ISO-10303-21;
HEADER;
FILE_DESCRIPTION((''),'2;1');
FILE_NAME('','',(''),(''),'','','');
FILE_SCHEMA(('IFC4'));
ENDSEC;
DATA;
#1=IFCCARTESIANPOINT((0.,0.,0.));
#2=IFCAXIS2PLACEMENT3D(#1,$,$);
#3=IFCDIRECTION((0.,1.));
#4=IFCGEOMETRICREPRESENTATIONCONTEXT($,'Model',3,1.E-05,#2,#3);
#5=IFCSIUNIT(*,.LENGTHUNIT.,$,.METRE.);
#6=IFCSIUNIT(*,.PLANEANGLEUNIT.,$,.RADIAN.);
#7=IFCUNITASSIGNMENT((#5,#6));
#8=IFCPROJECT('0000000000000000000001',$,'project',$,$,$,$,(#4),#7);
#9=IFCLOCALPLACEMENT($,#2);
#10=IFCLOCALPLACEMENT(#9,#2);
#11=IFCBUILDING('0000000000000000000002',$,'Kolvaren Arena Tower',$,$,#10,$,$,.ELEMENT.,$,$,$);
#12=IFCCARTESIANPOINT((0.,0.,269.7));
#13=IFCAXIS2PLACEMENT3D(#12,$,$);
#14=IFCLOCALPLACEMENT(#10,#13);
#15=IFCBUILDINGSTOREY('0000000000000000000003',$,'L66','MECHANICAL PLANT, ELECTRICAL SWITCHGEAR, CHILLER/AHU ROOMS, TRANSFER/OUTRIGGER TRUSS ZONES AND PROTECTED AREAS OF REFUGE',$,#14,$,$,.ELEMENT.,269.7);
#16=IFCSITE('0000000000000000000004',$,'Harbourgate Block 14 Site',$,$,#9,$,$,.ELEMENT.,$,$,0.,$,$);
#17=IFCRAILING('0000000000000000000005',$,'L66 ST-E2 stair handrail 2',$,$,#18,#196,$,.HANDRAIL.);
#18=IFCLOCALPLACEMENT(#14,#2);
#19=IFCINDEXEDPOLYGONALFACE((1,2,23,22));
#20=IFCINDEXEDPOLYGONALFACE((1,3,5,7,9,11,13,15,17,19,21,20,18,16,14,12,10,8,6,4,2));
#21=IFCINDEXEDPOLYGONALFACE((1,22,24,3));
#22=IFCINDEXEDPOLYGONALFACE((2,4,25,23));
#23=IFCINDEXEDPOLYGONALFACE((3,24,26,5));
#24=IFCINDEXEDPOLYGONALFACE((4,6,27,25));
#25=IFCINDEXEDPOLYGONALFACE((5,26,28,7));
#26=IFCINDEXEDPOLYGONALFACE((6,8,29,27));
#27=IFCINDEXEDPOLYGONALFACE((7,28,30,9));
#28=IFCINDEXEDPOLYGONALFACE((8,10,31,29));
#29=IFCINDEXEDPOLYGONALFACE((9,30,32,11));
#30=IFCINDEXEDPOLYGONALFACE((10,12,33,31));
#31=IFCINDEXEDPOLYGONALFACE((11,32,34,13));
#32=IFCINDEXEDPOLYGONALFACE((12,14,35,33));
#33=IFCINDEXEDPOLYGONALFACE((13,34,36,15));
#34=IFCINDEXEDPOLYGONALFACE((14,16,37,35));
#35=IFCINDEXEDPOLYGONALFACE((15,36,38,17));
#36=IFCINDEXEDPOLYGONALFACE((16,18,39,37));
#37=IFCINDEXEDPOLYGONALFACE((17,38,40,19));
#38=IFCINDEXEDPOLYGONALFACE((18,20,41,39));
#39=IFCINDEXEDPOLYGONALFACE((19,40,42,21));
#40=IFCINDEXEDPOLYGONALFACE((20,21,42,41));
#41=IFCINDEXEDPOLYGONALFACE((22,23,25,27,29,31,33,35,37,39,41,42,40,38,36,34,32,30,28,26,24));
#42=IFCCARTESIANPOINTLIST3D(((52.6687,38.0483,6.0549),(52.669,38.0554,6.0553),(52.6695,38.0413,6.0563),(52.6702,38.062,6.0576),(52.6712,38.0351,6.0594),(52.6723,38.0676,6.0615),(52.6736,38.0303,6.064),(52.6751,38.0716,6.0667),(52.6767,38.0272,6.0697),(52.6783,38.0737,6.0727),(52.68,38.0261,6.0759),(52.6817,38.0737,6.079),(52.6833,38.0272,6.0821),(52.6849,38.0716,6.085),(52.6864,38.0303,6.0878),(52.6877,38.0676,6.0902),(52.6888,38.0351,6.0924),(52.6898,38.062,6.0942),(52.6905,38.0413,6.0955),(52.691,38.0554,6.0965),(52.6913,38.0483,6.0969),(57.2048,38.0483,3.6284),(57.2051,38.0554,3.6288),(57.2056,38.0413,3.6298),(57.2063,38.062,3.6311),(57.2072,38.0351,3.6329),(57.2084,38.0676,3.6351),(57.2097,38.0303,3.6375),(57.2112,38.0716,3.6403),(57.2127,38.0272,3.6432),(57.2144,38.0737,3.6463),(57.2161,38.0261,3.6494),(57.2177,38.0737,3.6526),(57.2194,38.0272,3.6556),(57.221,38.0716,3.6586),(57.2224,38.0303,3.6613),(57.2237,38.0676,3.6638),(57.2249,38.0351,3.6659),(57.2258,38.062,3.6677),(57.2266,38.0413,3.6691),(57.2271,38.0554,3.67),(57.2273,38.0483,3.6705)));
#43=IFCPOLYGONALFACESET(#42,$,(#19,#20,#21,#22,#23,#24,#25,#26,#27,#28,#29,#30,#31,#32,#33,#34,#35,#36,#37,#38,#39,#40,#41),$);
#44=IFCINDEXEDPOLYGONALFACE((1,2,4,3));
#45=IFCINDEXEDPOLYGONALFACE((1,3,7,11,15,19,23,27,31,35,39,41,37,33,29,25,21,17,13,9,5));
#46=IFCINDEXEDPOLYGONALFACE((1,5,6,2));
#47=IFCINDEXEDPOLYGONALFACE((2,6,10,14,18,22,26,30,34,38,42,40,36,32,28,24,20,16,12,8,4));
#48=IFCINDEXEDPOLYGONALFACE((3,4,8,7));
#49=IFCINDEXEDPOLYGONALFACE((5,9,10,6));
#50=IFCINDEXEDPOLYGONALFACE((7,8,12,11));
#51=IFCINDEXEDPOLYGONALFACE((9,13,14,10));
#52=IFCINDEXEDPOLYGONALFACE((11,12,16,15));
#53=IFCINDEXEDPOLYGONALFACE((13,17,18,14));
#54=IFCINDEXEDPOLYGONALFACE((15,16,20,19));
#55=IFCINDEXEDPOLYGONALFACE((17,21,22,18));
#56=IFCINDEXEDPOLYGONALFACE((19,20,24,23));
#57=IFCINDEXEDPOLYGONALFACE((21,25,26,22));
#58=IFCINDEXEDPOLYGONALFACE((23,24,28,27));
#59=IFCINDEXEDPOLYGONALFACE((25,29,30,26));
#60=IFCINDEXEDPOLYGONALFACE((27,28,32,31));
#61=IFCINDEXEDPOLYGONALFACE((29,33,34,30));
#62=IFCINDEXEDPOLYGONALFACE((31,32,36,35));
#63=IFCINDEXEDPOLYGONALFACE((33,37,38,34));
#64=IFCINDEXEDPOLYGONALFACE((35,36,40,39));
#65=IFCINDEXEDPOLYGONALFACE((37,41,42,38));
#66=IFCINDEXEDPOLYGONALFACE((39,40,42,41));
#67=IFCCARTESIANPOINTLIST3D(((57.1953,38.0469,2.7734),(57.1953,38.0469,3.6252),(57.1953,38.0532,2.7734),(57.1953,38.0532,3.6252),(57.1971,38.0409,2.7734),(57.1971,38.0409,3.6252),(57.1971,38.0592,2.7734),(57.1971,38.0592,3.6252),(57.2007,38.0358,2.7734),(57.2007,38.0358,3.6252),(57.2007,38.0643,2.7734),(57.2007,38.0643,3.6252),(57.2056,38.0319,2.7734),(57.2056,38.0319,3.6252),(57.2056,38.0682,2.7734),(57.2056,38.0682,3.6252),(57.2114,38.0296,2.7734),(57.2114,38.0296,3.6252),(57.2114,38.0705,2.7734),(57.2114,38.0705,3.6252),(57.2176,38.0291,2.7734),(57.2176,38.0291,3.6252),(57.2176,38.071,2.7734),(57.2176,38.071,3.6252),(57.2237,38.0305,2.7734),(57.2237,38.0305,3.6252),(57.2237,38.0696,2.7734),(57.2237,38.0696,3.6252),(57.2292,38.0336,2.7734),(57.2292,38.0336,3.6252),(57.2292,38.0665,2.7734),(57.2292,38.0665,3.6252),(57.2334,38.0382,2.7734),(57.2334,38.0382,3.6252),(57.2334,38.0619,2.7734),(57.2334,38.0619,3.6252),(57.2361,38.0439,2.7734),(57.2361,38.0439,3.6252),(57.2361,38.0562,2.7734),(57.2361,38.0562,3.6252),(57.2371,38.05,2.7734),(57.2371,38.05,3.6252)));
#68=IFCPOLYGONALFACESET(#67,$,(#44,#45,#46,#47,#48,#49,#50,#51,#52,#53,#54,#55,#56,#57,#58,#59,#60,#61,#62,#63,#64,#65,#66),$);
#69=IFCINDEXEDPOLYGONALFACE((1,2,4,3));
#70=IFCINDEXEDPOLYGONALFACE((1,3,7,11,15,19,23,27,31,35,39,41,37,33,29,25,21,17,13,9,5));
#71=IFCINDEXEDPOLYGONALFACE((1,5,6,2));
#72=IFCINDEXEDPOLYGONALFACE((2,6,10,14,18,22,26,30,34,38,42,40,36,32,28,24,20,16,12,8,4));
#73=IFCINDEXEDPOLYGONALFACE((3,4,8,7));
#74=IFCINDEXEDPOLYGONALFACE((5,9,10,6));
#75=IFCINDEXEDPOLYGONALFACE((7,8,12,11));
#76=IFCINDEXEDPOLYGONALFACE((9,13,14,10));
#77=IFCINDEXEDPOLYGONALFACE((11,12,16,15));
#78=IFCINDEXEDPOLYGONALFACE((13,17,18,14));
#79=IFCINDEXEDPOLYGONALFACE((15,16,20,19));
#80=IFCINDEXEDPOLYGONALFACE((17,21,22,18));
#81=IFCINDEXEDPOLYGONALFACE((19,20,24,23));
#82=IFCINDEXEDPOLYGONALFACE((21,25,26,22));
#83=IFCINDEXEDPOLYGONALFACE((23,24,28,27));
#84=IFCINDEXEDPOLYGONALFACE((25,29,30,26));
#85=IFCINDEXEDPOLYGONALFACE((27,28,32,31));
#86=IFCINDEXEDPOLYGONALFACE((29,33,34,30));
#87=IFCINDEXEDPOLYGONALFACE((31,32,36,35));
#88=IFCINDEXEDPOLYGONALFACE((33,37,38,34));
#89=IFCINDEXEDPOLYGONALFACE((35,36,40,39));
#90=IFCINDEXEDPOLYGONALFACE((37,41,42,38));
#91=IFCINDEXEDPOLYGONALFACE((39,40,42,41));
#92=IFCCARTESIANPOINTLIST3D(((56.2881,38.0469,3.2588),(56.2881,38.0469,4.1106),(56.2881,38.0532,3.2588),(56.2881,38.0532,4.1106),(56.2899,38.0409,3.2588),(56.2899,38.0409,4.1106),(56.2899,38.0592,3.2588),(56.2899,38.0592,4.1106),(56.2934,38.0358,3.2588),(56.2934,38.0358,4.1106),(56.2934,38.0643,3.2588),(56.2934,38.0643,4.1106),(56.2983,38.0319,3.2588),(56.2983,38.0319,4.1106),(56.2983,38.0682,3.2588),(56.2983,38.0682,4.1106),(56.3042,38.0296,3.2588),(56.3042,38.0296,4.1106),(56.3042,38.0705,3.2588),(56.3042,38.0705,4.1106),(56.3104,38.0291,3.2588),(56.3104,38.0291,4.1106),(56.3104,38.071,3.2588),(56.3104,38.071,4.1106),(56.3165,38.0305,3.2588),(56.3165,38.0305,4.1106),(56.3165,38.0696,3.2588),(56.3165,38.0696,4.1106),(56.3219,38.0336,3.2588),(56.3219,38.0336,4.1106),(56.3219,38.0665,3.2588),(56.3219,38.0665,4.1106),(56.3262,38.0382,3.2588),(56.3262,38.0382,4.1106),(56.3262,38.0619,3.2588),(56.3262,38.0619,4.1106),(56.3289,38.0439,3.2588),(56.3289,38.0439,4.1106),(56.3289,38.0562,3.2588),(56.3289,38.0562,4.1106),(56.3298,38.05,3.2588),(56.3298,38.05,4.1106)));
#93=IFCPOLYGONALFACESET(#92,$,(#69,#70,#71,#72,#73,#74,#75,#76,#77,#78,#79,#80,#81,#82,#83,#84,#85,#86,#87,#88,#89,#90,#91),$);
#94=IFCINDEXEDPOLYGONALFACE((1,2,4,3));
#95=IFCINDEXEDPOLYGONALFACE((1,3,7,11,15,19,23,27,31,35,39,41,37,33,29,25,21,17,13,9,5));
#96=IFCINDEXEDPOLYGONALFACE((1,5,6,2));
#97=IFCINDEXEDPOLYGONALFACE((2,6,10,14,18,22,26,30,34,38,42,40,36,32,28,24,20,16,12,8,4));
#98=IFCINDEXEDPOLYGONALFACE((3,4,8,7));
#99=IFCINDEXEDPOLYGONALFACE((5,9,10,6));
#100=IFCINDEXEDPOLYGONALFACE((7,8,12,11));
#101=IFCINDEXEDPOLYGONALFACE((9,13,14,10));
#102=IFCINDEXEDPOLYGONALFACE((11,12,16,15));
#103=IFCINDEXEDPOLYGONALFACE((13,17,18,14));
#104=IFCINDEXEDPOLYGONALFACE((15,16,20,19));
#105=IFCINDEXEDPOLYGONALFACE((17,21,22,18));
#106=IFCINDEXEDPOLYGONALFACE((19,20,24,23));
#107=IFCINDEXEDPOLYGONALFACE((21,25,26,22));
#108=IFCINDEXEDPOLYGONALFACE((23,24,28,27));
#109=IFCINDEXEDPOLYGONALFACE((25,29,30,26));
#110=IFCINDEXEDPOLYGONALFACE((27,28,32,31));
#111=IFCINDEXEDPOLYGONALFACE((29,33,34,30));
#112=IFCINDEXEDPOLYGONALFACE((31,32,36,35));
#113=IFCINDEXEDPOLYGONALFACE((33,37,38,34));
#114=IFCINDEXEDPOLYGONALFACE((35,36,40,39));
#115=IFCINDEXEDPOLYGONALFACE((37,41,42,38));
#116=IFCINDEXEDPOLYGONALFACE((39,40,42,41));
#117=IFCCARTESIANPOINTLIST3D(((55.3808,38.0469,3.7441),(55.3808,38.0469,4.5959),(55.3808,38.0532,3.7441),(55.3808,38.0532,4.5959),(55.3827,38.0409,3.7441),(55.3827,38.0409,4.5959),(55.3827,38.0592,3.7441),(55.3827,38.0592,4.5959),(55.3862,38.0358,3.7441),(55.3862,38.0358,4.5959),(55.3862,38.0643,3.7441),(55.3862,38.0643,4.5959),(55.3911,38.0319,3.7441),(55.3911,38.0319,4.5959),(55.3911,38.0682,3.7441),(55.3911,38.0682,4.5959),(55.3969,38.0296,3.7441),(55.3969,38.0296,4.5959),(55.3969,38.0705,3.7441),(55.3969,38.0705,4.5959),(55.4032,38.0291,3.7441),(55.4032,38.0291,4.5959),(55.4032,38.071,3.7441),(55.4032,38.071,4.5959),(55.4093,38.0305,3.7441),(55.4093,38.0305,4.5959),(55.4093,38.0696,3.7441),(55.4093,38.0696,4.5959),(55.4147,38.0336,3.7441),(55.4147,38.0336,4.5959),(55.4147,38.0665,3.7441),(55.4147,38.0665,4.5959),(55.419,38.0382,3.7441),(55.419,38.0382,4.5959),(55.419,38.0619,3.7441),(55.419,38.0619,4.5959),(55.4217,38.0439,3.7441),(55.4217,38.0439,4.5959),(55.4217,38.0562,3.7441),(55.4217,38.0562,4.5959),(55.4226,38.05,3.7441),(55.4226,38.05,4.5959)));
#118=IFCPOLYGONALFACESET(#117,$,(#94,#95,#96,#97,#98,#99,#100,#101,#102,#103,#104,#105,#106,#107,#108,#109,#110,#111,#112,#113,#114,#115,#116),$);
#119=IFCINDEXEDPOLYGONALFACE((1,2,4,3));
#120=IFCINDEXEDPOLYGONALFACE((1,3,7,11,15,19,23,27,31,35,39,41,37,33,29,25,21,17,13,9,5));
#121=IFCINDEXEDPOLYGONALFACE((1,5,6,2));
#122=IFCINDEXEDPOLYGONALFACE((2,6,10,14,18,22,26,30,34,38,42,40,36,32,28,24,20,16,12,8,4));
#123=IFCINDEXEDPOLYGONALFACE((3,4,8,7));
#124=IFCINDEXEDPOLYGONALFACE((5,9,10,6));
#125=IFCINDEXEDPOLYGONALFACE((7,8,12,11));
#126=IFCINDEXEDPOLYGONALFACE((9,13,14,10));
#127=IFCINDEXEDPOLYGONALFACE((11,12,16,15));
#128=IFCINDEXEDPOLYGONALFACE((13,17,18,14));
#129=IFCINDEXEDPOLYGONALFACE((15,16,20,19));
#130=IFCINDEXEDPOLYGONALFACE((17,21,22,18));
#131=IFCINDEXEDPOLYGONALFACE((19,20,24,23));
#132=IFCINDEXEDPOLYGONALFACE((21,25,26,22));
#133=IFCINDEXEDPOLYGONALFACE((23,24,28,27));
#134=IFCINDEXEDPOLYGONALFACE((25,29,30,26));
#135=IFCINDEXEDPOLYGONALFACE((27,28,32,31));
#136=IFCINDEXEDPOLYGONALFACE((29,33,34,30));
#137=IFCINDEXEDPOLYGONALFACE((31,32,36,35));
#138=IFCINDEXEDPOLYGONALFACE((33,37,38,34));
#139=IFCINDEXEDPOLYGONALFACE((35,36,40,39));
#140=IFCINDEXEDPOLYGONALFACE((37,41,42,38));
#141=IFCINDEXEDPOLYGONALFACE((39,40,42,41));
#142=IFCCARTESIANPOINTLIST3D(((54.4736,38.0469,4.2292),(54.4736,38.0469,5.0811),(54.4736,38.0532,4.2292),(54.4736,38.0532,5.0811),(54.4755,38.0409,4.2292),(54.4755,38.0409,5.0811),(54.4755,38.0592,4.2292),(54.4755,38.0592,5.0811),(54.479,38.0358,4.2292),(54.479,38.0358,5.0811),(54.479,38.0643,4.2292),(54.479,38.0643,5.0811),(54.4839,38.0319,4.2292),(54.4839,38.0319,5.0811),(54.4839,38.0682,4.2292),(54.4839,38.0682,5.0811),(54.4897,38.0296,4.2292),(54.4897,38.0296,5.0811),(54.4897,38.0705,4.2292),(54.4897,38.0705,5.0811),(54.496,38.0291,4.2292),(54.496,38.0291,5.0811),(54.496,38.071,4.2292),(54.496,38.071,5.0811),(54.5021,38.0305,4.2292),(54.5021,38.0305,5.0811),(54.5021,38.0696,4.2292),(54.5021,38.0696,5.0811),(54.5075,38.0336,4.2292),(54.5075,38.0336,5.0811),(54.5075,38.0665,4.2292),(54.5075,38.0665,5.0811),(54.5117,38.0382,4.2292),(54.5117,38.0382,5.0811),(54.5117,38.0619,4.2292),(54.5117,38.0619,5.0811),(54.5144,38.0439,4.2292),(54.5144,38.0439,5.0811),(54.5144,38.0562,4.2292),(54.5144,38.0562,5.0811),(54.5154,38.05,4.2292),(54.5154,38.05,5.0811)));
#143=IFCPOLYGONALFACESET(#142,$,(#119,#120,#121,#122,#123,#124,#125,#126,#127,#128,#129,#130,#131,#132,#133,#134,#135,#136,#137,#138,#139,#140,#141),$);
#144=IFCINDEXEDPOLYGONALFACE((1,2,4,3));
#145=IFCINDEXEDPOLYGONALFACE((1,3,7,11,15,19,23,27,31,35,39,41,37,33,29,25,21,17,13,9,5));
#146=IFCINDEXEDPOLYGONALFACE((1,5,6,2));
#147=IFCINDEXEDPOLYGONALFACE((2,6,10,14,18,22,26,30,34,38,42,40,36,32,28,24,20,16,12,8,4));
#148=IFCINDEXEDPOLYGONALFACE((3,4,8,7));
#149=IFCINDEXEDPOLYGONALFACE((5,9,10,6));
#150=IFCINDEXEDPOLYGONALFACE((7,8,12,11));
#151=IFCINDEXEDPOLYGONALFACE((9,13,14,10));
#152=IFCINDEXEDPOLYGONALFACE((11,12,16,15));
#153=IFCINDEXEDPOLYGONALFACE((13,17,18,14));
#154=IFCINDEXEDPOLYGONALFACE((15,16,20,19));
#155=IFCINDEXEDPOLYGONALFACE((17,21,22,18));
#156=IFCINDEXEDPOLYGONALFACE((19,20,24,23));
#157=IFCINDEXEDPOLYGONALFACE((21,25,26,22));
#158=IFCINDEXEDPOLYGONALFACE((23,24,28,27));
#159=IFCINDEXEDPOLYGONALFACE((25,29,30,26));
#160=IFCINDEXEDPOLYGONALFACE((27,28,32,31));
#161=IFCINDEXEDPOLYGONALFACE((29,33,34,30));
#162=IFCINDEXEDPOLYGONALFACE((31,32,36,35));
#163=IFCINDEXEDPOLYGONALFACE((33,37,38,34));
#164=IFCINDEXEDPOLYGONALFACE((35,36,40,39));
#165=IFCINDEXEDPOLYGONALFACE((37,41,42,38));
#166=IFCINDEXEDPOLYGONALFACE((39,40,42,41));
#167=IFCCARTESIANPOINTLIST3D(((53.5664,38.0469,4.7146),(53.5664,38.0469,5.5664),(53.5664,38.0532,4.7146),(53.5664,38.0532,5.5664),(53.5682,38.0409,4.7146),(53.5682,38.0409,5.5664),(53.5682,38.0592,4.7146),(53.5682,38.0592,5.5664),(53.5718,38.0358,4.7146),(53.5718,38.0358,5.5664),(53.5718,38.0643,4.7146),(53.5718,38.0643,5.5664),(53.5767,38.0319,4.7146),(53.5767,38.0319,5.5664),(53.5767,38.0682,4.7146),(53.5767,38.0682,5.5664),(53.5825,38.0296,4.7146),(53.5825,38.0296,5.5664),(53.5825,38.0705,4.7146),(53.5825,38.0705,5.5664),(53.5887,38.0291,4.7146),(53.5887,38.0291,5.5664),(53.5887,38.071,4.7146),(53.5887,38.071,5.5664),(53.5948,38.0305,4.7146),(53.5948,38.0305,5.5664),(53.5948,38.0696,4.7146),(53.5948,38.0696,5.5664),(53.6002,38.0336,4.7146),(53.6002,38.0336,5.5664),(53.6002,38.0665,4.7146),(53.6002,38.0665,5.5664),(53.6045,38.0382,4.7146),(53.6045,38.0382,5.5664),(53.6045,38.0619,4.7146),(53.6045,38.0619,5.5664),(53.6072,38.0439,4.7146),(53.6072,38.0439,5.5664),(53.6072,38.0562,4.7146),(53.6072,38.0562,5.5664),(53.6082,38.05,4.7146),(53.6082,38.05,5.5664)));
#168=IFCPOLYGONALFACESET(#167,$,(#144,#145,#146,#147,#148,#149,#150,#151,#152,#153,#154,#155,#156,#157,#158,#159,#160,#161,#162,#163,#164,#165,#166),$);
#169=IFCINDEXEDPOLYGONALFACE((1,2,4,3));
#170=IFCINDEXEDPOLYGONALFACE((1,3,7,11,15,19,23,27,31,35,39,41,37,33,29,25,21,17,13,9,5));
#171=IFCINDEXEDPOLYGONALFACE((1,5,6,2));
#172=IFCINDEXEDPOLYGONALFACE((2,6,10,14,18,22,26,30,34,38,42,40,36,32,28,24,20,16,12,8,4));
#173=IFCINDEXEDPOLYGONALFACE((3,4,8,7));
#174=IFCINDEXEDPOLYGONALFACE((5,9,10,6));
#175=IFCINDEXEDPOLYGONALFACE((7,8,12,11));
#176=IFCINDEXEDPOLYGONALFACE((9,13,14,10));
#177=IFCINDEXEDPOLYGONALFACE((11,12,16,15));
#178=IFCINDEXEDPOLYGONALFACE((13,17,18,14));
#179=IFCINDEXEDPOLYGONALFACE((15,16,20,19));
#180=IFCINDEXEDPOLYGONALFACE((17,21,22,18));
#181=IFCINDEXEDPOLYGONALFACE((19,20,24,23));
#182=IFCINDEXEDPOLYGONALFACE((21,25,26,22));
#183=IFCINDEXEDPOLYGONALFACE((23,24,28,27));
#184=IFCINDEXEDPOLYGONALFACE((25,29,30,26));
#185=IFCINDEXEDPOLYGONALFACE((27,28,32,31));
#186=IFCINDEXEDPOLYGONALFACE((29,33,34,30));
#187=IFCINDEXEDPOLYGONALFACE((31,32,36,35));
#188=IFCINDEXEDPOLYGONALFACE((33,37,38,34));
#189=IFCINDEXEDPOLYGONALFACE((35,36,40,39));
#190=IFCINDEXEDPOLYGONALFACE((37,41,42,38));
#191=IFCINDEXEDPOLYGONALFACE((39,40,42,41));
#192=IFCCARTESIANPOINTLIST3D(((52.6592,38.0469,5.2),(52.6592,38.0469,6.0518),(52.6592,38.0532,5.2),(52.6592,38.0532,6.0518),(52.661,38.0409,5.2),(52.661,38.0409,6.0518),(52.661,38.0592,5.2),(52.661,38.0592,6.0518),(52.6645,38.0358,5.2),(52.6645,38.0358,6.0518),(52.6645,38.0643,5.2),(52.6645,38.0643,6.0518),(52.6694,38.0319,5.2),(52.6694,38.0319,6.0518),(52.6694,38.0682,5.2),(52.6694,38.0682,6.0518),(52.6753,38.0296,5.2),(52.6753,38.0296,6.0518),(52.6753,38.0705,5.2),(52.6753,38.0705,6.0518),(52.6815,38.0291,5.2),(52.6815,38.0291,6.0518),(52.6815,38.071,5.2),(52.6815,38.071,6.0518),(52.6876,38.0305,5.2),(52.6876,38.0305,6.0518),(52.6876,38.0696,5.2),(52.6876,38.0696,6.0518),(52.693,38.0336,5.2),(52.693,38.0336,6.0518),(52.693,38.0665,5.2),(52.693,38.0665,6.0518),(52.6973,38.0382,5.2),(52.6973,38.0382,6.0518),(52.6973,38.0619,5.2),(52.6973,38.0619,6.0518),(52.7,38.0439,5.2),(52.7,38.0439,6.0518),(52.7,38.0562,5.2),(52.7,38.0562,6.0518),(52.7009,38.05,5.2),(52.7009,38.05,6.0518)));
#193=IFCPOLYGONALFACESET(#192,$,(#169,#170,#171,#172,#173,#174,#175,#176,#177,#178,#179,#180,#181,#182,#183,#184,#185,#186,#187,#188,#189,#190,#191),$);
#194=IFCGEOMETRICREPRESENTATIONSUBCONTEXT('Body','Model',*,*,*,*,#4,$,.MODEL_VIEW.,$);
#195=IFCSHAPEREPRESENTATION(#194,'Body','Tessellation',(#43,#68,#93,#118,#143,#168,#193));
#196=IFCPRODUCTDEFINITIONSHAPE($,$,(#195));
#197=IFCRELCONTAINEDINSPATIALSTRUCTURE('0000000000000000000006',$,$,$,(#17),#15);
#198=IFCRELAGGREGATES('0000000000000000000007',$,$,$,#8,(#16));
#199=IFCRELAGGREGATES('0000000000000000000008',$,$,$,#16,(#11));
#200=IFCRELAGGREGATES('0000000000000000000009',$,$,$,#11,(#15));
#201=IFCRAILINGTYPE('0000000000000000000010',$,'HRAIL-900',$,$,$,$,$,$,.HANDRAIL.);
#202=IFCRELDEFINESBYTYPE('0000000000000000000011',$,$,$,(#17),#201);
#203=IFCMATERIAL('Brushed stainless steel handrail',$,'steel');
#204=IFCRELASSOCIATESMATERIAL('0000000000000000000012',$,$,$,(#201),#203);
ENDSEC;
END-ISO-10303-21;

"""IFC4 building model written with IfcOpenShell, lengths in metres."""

from ifc_helpers import new_model, si_unit, direction, frame, origin, origin_2d, place, context, subcontext, project, spatial, circle, extrude, material, type_object, element, save


model = new_model("IFC4")

# Units and contexts
model_context = context("Model", 3, precision=1e-05, world=origin(), true_north=direction((0.0, 1.0)))
body_context = subcontext(model_context, "Body", "Model", "MODEL_VIEW")
ifc_project = project(units=[si_unit("LENGTHUNIT", "METRE"), si_unit("PLANEANGLEUNIT", "RADIAN")], contexts=[model_context])

# Site, building, storey
site_placement = place(None, origin())
site = spatial("IfcSite", under=ifc_project, at=site_placement, Name="Harbourgate Block 14 Site", CompositionType="ELEMENT", RefElevation=0.0)
building_placement = place(site_placement, origin())
building = spatial("IfcBuilding", under=site, at=building_placement, Name="Kolvaren Arena Tower", CompositionType="ELEMENT")
storey_placement = place(building_placement, frame((0.0, 0.0, 269.7)))
storey = spatial("IfcBuildingStorey", under=building, at=storey_placement, Name="L66", Description="MECHANICAL PLANT, ELECTRICAL SWITCHGEAR, CHILLER/AHU ROOMS, TRANSFER/OUTRIGGER TRUSS ZONES AND PROTECTED AREAS OF REFUGE", CompositionType="ELEMENT", Elevation=269.7)

# Railing
ifc_material_1 = material(Name="Brushed stainless steel handrail", Category="steel")
railing_type_1 = type_object("IfcRailingType", Name="HRAIL-900", PredefinedType="HANDRAIL", material=ifc_material_1)
railing_1_placement = place(storey_placement, frame((57.2161, 38.05, 2.7734)))
element("IfcRailing", 1, at=railing_1_placement, inside=storey, type_object=railing_type_1, Name="L66 ST-E2 stair handrail 2", PredefinedType="HANDRAIL", context=body_context, shape_type="SweptSolid", body=[
    extrude(circle(Radius=0.0239, at=origin_2d()), frame((0.0, 0.0, 0.876), z_axis=(-0.881768, 0.0, 0.471684), x_axis=(0.0, -1.0, 0.0)), (0.0, 0.0, 1.0), 5.1443),
    extrude(circle(Radius=0.021, at=origin_2d()), origin(), (0.0, 0.0, 1.0), 0.8518),
    extrude(circle(Radius=0.021, at=origin_2d()), frame((-0.9072, 0.0, 0.4854)), (0.0, 0.0, 1.0), 0.8518),
    extrude(circle(Radius=0.021, at=origin_2d()), frame((-1.8145, 0.0, 0.9707)), (0.0, 0.0, 1.0), 0.8518),
    extrude(circle(Radius=0.021, at=origin_2d()), frame((-2.7217, 0.0, 1.4558)), (0.0, 0.0, 1.0), 0.8518),
    extrude(circle(Radius=0.021, at=origin_2d()), frame((-3.6289, 0.0, 1.9412)), (0.0, 0.0, 1.0), 0.8518),
    extrude(circle(Radius=0.021, at=origin_2d()), frame((-4.5361, 0.0, 2.4265)), (0.0, 0.0, 1.0), 0.8518),
])

save(model, "model.ifc")
